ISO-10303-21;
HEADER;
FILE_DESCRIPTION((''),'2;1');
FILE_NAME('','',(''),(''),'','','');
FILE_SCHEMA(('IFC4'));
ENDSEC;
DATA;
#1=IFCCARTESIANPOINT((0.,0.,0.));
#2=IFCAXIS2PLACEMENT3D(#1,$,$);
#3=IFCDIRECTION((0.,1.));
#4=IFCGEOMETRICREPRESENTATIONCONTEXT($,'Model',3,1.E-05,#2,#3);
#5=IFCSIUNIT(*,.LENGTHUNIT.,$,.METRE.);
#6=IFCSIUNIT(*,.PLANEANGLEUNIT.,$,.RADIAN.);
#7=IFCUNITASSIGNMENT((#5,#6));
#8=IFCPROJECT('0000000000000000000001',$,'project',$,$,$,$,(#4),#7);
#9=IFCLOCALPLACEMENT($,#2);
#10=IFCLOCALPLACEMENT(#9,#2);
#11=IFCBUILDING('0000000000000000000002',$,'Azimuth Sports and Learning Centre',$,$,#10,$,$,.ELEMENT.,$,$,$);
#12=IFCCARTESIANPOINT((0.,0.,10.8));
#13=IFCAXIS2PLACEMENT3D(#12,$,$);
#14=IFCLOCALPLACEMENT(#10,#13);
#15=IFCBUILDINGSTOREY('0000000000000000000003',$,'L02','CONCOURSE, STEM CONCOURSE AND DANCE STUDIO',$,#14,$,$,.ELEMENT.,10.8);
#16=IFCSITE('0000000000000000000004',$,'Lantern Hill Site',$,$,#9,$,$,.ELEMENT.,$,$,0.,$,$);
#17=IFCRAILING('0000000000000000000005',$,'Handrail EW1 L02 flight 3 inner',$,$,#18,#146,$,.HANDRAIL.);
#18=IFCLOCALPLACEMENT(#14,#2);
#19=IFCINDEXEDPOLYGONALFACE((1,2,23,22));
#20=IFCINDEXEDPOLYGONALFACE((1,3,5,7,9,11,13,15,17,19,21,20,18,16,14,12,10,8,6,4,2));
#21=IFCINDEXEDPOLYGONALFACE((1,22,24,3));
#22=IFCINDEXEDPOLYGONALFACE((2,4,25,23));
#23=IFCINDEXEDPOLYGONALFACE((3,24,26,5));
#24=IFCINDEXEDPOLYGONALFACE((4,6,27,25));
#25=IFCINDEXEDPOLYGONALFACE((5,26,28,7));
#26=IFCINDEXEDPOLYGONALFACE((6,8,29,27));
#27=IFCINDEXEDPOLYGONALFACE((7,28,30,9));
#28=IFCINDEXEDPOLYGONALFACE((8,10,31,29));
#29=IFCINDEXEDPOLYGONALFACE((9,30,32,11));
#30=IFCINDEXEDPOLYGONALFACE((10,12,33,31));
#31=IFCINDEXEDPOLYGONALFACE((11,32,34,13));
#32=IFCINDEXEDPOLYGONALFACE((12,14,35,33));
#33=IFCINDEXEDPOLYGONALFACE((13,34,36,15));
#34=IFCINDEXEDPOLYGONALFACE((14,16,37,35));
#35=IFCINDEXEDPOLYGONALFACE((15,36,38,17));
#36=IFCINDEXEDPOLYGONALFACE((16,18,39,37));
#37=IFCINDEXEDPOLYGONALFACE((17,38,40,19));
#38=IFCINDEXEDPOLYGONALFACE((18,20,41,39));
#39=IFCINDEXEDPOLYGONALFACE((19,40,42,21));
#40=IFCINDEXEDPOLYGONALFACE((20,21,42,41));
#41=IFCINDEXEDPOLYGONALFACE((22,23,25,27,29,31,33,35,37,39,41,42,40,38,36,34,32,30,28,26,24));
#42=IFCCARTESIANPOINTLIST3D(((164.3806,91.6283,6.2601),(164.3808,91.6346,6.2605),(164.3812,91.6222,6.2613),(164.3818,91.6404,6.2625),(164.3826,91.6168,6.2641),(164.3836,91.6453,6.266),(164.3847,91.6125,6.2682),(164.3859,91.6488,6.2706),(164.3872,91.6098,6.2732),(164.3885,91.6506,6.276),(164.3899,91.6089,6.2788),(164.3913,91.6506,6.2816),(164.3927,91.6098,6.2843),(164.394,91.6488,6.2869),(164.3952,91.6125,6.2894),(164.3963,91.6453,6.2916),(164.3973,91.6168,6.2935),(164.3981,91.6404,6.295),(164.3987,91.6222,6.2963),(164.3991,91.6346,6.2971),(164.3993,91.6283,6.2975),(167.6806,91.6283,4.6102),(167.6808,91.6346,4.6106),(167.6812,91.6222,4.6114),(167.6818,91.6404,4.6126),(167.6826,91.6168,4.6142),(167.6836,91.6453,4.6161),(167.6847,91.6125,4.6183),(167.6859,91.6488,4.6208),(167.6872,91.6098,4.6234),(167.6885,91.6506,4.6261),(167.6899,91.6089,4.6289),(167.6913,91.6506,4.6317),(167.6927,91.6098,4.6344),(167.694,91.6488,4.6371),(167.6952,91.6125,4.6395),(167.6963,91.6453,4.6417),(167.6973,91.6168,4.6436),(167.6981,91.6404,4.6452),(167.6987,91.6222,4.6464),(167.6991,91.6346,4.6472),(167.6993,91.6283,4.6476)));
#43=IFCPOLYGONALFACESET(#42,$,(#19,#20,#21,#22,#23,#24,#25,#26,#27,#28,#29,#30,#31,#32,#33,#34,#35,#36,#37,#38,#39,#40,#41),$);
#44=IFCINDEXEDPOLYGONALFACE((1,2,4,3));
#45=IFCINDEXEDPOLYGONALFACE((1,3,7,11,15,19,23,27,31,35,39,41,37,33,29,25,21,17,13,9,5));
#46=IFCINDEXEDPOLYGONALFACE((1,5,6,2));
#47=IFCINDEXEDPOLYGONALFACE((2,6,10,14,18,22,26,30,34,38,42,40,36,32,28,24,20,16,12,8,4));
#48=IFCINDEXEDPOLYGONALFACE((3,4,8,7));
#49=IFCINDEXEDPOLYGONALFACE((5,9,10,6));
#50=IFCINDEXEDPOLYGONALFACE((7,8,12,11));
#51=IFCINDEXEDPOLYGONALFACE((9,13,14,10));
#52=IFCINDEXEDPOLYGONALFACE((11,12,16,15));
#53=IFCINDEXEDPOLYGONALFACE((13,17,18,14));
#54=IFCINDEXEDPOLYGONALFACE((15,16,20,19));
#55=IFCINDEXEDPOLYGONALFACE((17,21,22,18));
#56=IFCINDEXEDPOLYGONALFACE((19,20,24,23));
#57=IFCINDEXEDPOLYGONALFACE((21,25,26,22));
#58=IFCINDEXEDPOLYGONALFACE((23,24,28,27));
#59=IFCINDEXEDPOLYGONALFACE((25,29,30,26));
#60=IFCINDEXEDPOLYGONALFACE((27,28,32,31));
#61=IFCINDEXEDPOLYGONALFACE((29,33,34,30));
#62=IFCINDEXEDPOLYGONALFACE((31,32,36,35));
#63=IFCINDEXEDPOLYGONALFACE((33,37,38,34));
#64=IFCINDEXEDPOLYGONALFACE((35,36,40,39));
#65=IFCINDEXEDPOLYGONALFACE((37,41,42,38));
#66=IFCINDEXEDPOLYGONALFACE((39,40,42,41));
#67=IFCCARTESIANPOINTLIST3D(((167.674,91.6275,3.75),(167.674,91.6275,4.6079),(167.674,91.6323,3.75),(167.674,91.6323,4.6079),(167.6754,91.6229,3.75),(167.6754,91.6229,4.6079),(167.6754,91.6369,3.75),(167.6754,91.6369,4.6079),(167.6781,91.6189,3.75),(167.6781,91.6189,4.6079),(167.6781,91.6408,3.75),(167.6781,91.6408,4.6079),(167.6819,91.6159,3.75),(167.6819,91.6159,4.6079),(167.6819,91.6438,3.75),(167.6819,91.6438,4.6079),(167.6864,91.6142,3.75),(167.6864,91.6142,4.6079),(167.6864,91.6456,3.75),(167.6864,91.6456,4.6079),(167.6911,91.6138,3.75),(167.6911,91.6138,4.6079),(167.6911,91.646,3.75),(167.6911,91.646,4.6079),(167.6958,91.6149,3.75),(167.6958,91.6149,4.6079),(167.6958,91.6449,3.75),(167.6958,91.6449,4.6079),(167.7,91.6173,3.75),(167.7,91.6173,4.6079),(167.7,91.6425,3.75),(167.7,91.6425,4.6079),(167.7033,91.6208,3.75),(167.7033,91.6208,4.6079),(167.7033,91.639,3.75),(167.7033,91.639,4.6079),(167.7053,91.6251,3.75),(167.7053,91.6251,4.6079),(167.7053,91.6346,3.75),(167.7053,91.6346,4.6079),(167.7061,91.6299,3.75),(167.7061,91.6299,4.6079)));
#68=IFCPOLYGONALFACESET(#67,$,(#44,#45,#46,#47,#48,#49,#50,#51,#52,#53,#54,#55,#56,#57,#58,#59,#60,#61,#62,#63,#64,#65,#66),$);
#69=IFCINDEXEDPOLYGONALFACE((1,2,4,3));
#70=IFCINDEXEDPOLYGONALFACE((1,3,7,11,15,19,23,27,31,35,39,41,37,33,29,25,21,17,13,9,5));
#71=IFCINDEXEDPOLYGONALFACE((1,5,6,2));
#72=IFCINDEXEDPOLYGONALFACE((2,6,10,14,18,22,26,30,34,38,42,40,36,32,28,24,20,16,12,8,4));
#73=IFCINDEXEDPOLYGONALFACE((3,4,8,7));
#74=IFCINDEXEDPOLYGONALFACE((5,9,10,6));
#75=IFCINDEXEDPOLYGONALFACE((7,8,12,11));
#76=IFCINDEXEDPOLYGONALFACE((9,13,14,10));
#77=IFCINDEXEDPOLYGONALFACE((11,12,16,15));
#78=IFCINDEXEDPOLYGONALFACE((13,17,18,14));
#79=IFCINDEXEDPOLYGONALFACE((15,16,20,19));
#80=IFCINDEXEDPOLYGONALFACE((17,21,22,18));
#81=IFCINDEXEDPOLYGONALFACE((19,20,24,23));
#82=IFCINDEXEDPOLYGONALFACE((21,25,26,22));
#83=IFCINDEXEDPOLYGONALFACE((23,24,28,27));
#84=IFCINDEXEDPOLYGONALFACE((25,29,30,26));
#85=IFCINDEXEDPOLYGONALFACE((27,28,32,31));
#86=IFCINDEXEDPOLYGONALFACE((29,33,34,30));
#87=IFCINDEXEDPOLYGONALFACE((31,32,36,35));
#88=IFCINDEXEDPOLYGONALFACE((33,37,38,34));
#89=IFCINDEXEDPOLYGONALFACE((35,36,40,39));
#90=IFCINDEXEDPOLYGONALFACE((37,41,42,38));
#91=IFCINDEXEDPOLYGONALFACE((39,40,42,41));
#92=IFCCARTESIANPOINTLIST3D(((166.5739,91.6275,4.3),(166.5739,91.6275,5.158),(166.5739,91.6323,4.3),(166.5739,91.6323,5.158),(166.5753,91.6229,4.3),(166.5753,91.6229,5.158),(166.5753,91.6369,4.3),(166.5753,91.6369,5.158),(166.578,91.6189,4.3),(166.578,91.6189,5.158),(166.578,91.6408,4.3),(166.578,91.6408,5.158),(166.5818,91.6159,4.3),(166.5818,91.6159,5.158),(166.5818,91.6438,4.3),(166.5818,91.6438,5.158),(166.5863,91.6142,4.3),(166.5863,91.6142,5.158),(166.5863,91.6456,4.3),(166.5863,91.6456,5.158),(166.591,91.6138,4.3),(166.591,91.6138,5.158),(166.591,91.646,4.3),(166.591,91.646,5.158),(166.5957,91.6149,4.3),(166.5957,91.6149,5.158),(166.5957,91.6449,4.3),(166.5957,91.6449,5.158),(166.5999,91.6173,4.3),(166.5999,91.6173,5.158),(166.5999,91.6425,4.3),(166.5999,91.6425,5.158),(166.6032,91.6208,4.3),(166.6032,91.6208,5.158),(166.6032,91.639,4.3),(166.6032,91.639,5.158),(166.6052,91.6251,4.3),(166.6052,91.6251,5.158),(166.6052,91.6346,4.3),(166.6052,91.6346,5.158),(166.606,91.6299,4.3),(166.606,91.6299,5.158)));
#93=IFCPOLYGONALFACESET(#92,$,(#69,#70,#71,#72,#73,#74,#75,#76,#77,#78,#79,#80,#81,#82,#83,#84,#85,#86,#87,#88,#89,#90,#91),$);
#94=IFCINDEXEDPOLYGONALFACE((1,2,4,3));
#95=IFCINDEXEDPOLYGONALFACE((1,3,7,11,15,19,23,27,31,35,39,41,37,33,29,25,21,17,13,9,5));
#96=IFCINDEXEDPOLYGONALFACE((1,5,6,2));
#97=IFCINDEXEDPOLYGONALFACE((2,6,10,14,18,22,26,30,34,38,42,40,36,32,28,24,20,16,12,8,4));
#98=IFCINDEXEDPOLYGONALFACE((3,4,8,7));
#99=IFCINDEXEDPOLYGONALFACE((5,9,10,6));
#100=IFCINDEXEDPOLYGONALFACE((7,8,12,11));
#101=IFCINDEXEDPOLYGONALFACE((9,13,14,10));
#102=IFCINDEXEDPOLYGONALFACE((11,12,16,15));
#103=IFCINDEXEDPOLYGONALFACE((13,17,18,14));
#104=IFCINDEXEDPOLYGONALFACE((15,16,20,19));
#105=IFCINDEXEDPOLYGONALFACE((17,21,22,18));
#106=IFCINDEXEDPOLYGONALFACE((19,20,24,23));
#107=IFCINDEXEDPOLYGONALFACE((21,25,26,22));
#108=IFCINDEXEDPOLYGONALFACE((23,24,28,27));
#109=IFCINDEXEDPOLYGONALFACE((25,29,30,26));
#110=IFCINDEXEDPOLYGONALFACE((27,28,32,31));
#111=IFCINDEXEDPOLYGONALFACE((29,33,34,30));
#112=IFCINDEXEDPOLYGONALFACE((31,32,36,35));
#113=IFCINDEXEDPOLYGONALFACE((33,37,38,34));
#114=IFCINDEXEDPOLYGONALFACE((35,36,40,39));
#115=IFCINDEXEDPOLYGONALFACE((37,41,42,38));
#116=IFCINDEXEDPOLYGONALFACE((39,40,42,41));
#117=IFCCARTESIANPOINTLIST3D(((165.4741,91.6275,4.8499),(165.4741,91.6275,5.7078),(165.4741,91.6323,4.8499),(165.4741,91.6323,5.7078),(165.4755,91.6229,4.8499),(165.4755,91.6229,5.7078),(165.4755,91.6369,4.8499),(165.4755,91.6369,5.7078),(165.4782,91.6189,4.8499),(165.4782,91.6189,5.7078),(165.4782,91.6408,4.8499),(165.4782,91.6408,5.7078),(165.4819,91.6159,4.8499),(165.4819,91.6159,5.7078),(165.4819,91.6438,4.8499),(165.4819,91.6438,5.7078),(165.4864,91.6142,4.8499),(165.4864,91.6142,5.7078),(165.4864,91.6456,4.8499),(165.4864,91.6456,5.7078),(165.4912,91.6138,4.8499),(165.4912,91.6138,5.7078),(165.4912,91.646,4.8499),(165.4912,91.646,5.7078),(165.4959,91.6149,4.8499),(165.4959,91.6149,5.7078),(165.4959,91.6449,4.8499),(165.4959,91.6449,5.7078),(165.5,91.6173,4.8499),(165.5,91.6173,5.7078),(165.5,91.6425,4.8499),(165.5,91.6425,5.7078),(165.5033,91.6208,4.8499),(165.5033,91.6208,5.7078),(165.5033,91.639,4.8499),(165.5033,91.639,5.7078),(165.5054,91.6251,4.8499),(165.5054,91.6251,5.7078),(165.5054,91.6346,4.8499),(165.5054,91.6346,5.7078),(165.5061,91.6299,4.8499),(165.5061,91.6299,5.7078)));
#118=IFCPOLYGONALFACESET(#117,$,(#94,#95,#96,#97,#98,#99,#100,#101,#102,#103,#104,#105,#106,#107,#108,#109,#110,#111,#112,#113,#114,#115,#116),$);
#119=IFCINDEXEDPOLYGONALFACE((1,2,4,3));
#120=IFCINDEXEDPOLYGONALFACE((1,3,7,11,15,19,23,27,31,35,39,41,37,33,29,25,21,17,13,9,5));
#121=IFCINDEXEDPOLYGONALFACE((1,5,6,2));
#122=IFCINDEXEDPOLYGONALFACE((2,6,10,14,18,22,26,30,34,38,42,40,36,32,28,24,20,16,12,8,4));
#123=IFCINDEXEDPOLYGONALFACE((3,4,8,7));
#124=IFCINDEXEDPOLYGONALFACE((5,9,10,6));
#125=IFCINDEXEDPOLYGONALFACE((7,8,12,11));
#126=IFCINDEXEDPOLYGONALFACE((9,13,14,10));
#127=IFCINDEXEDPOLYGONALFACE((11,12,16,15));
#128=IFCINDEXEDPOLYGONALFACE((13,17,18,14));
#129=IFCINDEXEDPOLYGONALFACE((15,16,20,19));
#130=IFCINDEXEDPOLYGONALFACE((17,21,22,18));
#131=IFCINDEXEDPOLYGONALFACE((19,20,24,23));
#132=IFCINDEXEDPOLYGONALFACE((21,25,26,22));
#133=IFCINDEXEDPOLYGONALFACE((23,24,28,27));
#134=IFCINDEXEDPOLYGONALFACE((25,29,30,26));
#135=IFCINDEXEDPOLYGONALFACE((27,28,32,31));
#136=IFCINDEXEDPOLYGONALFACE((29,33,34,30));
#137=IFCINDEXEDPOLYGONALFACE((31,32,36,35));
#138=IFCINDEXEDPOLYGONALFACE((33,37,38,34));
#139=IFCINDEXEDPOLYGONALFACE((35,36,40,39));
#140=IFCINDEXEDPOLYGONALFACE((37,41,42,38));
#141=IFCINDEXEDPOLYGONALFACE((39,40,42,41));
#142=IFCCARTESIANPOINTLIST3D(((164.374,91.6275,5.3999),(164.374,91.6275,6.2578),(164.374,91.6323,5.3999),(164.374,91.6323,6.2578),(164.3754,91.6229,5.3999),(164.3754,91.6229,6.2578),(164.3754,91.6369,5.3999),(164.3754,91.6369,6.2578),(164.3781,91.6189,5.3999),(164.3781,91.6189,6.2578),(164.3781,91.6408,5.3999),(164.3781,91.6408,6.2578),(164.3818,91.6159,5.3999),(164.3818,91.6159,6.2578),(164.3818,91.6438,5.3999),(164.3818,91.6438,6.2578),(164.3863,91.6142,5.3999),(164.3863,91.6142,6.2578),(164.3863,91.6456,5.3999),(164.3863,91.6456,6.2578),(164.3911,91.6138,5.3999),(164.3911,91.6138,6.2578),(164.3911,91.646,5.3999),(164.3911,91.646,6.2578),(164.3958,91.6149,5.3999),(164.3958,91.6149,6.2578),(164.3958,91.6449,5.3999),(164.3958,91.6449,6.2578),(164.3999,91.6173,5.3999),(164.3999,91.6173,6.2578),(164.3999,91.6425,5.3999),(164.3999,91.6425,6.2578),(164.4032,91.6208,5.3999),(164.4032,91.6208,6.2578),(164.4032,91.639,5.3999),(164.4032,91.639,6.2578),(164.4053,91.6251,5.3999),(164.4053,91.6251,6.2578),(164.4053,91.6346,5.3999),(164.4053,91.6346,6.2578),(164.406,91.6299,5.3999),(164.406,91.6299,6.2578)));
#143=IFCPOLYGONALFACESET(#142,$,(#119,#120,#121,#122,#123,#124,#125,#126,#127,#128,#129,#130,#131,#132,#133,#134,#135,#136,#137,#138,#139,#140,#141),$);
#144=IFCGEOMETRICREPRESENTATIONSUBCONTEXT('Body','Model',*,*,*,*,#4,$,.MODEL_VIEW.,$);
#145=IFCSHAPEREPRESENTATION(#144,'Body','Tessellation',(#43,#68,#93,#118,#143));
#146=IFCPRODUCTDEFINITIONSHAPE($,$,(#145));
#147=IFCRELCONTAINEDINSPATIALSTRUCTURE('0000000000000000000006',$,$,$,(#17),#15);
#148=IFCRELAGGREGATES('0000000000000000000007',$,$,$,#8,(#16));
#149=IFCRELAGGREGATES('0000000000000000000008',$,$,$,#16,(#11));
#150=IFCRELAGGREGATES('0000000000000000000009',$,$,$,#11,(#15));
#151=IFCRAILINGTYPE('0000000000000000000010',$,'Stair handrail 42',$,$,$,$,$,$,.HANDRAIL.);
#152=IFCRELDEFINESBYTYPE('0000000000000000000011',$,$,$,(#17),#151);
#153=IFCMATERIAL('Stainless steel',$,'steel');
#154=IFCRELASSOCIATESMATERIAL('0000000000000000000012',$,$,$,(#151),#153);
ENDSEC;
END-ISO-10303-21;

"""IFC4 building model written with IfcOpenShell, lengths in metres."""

from ifc_helpers import new_model, si_unit, direction, frame, origin, origin_2d, place, context, subcontext, project, spatial, circle, extrude, material, type_object, element, save


model = new_model("IFC4")

# Units and contexts
model_context = context("Model", 3, precision=1e-05, world=origin(), true_north=direction((0.0, 1.0)))
body_context = subcontext(model_context, "Body", "Model", "MODEL_VIEW")
ifc_project = project(units=[si_unit("LENGTHUNIT", "METRE"), si_unit("PLANEANGLEUNIT", "RADIAN")], contexts=[model_context])

# Site, building, storey
site_placement = place(None, origin())
site = spatial("IfcSite", under=ifc_project, at=site_placement, Name="Lantern Hill Site", CompositionType="ELEMENT", RefElevation=0.0)
building_placement = place(site_placement, origin())
building = spatial("IfcBuilding", under=site, at=building_placement, Name="Azimuth Sports and Learning Centre", CompositionType="ELEMENT")
storey_placement = place(building_placement, frame((0.0, 0.0, 10.8)))
storey = spatial("IfcBuildingStorey", under=building, at=storey_placement, Name="L02", Description="CONCOURSE, STEM CONCOURSE AND DANCE STUDIO", CompositionType="ELEMENT", Elevation=10.8)

# Railing
ifc_material_1 = material(Name="Stainless steel", Category="steel")
railing_type_1 = type_object("IfcRailingType", Name="Stair handrail 42", PredefinedType="HANDRAIL", material=ifc_material_1)
for number, where, name in (
    (1, (167.6899, 91.6299, 3.75), "Handrail EW1 L02 flight 3 inner"),
):
    element("IfcRailing", number, at=place(storey_placement, frame(where)), inside=storey, type_object=railing_type_1, Name=name, PredefinedType="HANDRAIL", context=body_context, shape_type="SweptSolid", body=[
        extrude(circle(Radius=0.021, at=origin_2d()), frame((0.0, 0.0, 0.8789), z_axis=(-0.89444, 0.0, 0.447187), x_axis=(0.0, -1.0, 0.0)), (0.0, 0.0, 1.0), 3.6895),
        extrude(circle(Radius=0.0161, at=origin_2d()), origin(), (0.0, 0.0, 1.0), 0.8579),
        extrude(circle(Radius=0.0161, at=origin_2d()), frame((-1.1001, 0.0, 0.55)), (0.0, 0.0, 1.0), 0.8579),
        extrude(circle(Radius=0.0161, at=origin_2d()), frame((-2.2, 0.0, 1.0999)), (0.0, 0.0, 1.0), 0.8579),
        extrude(circle(Radius=0.0161, at=origin_2d()), frame((-3.3, 0.0, 1.6499)), (0.0, 0.0, 1.0), 0.8579),
    ])

save(model, "model.ifc")
